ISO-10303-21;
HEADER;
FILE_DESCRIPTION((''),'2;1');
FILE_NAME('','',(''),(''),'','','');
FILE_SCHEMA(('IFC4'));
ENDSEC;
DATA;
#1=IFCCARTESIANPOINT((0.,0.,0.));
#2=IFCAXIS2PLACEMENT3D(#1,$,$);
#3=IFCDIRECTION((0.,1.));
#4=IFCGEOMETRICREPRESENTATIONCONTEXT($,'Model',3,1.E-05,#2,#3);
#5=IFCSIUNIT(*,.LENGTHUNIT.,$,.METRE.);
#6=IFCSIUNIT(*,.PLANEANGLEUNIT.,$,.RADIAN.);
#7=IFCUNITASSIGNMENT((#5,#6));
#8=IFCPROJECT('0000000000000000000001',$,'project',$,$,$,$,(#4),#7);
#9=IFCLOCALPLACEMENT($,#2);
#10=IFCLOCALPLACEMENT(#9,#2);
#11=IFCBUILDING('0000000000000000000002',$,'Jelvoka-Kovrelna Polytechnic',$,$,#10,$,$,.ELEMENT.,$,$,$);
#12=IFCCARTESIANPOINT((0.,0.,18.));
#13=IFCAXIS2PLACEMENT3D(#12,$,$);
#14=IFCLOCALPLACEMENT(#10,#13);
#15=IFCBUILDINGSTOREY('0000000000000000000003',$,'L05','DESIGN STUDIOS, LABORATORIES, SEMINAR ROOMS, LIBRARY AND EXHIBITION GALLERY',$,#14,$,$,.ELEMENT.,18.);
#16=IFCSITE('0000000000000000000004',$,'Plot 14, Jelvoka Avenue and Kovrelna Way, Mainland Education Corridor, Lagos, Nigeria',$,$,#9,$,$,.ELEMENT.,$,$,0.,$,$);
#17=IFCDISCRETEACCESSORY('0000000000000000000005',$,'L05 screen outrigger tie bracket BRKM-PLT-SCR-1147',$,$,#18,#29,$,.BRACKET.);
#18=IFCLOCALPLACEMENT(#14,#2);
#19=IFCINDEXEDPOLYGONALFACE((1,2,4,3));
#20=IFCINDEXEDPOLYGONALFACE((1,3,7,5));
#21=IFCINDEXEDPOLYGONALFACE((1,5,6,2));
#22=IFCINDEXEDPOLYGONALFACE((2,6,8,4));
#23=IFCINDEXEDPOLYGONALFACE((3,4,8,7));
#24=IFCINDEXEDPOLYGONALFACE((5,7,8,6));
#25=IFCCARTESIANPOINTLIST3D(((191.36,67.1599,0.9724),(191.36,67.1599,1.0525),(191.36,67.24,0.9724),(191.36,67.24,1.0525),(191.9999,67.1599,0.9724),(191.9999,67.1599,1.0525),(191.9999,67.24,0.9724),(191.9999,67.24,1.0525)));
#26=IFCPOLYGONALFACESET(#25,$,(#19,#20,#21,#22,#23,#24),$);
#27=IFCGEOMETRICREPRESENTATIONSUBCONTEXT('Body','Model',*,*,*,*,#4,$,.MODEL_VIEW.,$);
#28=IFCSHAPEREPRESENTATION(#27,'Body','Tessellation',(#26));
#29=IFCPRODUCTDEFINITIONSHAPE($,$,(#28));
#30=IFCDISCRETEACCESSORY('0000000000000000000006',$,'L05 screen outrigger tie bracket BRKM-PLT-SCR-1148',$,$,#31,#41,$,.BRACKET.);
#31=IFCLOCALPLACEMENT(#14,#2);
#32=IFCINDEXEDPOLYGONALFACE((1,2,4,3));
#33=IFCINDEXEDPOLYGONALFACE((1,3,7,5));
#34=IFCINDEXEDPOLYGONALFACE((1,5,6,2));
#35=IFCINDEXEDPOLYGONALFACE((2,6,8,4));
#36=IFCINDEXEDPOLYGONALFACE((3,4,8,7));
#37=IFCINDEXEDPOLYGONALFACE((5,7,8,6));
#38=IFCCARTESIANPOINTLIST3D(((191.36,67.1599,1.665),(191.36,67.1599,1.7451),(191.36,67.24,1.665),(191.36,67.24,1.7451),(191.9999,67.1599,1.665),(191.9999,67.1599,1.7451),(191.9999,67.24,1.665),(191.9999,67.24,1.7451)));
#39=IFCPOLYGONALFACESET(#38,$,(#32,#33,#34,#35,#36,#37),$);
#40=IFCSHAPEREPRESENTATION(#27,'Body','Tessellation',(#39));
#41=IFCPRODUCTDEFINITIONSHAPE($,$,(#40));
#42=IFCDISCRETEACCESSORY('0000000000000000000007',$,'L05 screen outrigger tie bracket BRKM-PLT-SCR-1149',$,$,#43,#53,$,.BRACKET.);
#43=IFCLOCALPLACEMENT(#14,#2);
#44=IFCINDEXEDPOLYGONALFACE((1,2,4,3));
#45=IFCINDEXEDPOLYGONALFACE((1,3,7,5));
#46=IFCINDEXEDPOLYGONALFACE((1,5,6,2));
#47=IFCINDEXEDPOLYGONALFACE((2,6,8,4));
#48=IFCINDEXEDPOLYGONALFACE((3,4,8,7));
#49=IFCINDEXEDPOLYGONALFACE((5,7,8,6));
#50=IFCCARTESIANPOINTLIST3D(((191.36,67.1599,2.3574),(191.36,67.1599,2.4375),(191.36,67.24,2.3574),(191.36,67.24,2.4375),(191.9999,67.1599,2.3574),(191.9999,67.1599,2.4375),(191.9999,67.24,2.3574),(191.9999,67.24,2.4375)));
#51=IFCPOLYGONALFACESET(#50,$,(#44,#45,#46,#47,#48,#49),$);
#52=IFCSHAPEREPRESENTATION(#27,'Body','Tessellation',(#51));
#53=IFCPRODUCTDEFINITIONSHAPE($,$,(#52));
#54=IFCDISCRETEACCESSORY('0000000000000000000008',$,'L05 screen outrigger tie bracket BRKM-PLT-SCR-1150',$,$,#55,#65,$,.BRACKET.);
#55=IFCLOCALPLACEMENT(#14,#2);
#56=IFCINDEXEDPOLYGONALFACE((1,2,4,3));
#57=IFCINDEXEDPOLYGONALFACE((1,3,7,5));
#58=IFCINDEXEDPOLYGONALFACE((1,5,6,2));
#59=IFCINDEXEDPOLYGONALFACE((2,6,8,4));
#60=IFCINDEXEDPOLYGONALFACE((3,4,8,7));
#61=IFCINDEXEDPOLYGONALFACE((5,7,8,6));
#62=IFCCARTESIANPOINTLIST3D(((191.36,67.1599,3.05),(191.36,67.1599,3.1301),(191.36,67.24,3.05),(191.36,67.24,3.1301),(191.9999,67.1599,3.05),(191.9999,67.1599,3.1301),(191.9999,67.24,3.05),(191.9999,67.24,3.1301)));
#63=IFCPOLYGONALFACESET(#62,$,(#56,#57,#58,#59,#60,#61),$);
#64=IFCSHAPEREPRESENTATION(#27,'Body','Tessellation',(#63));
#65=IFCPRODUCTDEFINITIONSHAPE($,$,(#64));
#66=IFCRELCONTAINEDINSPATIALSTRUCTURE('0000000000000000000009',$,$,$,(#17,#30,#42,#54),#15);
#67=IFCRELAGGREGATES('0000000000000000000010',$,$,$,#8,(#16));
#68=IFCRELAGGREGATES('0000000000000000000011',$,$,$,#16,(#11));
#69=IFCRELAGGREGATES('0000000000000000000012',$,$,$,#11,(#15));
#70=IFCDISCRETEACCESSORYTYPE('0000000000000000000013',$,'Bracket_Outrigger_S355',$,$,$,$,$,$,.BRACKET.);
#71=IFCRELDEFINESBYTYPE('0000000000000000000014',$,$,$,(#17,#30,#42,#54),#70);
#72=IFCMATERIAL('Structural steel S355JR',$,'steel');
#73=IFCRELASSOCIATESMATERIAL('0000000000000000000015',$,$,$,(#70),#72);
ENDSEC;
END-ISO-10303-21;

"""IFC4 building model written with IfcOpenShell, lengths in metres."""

from ifc_helpers import new_model, si_unit, direction, frame, origin, origin_2d, place, context, subcontext, project, spatial, rectangle, extrude, material, type_object, element, save


model = new_model("IFC4")

# Units and contexts
model_context = context("Model", 3, precision=1e-05, world=origin(), true_north=direction((0.0, 1.0)))
body_context = subcontext(model_context, "Body", "Model", "MODEL_VIEW")
ifc_project = project(units=[si_unit("LENGTHUNIT", "METRE"), si_unit("PLANEANGLEUNIT", "RADIAN")], contexts=[model_context])

# Site, building, storey
site_placement = place(None, origin())
site = spatial("IfcSite", under=ifc_project, at=site_placement, Name="Plot 14, Jelvoka Avenue and Kovrelna Way, Mainland Education Corridor, Lagos, Nigeria", CompositionType="ELEMENT", RefElevation=0.0)
building_placement = place(site_placement, origin())
building = spatial("IfcBuilding", under=site, at=building_placement, Name="Jelvoka-Kovrelna Polytechnic", CompositionType="ELEMENT")
storey_placement = place(building_placement, frame((0.0, 0.0, 18.0)))
storey = spatial("IfcBuildingStorey", under=building, at=storey_placement, Name="L05", Description="DESIGN STUDIOS, LABORATORIES, SEMINAR ROOMS, LIBRARY AND EXHIBITION GALLERY", CompositionType="ELEMENT", Elevation=18.0)

# Discrete accessories
ifc_material_1 = material(Name="Structural steel S355JR", Category="steel")
discrete_accessory_type = type_object("IfcDiscreteAccessoryType", Name="Bracket_Outrigger_S355", PredefinedType="BRACKET", material=ifc_material_1)
for number, where, z_axis, x_axis, name in (
    (1, (191.6799, 67.2, 0.9724), (0.0, 0.0, 1.0), (1.0, 0.0, 0.0), "L05 screen outrigger tie bracket BRKM-PLT-SCR-1147"),
    (2, (191.6799, 67.2, 1.665), (0.0, 0.0, 1.0), (1.0, 0.0, 0.0), "L05 screen outrigger tie bracket BRKM-PLT-SCR-1148"),
    (3, (191.6799, 67.2, 2.3574), (0.0, 0.0, 1.0), (1.0, 0.0, 0.0), "L05 screen outrigger tie bracket BRKM-PLT-SCR-1149"),
    (4, (191.6799, 67.2, 3.05), (0.0, 0.0, 1.0), (1.0, 0.0, 0.0), "L05 screen outrigger tie bracket BRKM-PLT-SCR-1150"),
):
    element("IfcDiscreteAccessory", number, at=place(storey_placement, frame(where, z_axis=z_axis, x_axis=x_axis)), inside=storey, type_object=discrete_accessory_type, Name=name, PredefinedType="BRACKET", context=body_context, shape_type="SweptSolid", body=[
        extrude(rectangle(XDim=0.6399, YDim=0.0801, at=origin_2d()), origin(), (0.0, 0.0, 1.0), 0.0801),
    ])

save(model, "model.ifc")
